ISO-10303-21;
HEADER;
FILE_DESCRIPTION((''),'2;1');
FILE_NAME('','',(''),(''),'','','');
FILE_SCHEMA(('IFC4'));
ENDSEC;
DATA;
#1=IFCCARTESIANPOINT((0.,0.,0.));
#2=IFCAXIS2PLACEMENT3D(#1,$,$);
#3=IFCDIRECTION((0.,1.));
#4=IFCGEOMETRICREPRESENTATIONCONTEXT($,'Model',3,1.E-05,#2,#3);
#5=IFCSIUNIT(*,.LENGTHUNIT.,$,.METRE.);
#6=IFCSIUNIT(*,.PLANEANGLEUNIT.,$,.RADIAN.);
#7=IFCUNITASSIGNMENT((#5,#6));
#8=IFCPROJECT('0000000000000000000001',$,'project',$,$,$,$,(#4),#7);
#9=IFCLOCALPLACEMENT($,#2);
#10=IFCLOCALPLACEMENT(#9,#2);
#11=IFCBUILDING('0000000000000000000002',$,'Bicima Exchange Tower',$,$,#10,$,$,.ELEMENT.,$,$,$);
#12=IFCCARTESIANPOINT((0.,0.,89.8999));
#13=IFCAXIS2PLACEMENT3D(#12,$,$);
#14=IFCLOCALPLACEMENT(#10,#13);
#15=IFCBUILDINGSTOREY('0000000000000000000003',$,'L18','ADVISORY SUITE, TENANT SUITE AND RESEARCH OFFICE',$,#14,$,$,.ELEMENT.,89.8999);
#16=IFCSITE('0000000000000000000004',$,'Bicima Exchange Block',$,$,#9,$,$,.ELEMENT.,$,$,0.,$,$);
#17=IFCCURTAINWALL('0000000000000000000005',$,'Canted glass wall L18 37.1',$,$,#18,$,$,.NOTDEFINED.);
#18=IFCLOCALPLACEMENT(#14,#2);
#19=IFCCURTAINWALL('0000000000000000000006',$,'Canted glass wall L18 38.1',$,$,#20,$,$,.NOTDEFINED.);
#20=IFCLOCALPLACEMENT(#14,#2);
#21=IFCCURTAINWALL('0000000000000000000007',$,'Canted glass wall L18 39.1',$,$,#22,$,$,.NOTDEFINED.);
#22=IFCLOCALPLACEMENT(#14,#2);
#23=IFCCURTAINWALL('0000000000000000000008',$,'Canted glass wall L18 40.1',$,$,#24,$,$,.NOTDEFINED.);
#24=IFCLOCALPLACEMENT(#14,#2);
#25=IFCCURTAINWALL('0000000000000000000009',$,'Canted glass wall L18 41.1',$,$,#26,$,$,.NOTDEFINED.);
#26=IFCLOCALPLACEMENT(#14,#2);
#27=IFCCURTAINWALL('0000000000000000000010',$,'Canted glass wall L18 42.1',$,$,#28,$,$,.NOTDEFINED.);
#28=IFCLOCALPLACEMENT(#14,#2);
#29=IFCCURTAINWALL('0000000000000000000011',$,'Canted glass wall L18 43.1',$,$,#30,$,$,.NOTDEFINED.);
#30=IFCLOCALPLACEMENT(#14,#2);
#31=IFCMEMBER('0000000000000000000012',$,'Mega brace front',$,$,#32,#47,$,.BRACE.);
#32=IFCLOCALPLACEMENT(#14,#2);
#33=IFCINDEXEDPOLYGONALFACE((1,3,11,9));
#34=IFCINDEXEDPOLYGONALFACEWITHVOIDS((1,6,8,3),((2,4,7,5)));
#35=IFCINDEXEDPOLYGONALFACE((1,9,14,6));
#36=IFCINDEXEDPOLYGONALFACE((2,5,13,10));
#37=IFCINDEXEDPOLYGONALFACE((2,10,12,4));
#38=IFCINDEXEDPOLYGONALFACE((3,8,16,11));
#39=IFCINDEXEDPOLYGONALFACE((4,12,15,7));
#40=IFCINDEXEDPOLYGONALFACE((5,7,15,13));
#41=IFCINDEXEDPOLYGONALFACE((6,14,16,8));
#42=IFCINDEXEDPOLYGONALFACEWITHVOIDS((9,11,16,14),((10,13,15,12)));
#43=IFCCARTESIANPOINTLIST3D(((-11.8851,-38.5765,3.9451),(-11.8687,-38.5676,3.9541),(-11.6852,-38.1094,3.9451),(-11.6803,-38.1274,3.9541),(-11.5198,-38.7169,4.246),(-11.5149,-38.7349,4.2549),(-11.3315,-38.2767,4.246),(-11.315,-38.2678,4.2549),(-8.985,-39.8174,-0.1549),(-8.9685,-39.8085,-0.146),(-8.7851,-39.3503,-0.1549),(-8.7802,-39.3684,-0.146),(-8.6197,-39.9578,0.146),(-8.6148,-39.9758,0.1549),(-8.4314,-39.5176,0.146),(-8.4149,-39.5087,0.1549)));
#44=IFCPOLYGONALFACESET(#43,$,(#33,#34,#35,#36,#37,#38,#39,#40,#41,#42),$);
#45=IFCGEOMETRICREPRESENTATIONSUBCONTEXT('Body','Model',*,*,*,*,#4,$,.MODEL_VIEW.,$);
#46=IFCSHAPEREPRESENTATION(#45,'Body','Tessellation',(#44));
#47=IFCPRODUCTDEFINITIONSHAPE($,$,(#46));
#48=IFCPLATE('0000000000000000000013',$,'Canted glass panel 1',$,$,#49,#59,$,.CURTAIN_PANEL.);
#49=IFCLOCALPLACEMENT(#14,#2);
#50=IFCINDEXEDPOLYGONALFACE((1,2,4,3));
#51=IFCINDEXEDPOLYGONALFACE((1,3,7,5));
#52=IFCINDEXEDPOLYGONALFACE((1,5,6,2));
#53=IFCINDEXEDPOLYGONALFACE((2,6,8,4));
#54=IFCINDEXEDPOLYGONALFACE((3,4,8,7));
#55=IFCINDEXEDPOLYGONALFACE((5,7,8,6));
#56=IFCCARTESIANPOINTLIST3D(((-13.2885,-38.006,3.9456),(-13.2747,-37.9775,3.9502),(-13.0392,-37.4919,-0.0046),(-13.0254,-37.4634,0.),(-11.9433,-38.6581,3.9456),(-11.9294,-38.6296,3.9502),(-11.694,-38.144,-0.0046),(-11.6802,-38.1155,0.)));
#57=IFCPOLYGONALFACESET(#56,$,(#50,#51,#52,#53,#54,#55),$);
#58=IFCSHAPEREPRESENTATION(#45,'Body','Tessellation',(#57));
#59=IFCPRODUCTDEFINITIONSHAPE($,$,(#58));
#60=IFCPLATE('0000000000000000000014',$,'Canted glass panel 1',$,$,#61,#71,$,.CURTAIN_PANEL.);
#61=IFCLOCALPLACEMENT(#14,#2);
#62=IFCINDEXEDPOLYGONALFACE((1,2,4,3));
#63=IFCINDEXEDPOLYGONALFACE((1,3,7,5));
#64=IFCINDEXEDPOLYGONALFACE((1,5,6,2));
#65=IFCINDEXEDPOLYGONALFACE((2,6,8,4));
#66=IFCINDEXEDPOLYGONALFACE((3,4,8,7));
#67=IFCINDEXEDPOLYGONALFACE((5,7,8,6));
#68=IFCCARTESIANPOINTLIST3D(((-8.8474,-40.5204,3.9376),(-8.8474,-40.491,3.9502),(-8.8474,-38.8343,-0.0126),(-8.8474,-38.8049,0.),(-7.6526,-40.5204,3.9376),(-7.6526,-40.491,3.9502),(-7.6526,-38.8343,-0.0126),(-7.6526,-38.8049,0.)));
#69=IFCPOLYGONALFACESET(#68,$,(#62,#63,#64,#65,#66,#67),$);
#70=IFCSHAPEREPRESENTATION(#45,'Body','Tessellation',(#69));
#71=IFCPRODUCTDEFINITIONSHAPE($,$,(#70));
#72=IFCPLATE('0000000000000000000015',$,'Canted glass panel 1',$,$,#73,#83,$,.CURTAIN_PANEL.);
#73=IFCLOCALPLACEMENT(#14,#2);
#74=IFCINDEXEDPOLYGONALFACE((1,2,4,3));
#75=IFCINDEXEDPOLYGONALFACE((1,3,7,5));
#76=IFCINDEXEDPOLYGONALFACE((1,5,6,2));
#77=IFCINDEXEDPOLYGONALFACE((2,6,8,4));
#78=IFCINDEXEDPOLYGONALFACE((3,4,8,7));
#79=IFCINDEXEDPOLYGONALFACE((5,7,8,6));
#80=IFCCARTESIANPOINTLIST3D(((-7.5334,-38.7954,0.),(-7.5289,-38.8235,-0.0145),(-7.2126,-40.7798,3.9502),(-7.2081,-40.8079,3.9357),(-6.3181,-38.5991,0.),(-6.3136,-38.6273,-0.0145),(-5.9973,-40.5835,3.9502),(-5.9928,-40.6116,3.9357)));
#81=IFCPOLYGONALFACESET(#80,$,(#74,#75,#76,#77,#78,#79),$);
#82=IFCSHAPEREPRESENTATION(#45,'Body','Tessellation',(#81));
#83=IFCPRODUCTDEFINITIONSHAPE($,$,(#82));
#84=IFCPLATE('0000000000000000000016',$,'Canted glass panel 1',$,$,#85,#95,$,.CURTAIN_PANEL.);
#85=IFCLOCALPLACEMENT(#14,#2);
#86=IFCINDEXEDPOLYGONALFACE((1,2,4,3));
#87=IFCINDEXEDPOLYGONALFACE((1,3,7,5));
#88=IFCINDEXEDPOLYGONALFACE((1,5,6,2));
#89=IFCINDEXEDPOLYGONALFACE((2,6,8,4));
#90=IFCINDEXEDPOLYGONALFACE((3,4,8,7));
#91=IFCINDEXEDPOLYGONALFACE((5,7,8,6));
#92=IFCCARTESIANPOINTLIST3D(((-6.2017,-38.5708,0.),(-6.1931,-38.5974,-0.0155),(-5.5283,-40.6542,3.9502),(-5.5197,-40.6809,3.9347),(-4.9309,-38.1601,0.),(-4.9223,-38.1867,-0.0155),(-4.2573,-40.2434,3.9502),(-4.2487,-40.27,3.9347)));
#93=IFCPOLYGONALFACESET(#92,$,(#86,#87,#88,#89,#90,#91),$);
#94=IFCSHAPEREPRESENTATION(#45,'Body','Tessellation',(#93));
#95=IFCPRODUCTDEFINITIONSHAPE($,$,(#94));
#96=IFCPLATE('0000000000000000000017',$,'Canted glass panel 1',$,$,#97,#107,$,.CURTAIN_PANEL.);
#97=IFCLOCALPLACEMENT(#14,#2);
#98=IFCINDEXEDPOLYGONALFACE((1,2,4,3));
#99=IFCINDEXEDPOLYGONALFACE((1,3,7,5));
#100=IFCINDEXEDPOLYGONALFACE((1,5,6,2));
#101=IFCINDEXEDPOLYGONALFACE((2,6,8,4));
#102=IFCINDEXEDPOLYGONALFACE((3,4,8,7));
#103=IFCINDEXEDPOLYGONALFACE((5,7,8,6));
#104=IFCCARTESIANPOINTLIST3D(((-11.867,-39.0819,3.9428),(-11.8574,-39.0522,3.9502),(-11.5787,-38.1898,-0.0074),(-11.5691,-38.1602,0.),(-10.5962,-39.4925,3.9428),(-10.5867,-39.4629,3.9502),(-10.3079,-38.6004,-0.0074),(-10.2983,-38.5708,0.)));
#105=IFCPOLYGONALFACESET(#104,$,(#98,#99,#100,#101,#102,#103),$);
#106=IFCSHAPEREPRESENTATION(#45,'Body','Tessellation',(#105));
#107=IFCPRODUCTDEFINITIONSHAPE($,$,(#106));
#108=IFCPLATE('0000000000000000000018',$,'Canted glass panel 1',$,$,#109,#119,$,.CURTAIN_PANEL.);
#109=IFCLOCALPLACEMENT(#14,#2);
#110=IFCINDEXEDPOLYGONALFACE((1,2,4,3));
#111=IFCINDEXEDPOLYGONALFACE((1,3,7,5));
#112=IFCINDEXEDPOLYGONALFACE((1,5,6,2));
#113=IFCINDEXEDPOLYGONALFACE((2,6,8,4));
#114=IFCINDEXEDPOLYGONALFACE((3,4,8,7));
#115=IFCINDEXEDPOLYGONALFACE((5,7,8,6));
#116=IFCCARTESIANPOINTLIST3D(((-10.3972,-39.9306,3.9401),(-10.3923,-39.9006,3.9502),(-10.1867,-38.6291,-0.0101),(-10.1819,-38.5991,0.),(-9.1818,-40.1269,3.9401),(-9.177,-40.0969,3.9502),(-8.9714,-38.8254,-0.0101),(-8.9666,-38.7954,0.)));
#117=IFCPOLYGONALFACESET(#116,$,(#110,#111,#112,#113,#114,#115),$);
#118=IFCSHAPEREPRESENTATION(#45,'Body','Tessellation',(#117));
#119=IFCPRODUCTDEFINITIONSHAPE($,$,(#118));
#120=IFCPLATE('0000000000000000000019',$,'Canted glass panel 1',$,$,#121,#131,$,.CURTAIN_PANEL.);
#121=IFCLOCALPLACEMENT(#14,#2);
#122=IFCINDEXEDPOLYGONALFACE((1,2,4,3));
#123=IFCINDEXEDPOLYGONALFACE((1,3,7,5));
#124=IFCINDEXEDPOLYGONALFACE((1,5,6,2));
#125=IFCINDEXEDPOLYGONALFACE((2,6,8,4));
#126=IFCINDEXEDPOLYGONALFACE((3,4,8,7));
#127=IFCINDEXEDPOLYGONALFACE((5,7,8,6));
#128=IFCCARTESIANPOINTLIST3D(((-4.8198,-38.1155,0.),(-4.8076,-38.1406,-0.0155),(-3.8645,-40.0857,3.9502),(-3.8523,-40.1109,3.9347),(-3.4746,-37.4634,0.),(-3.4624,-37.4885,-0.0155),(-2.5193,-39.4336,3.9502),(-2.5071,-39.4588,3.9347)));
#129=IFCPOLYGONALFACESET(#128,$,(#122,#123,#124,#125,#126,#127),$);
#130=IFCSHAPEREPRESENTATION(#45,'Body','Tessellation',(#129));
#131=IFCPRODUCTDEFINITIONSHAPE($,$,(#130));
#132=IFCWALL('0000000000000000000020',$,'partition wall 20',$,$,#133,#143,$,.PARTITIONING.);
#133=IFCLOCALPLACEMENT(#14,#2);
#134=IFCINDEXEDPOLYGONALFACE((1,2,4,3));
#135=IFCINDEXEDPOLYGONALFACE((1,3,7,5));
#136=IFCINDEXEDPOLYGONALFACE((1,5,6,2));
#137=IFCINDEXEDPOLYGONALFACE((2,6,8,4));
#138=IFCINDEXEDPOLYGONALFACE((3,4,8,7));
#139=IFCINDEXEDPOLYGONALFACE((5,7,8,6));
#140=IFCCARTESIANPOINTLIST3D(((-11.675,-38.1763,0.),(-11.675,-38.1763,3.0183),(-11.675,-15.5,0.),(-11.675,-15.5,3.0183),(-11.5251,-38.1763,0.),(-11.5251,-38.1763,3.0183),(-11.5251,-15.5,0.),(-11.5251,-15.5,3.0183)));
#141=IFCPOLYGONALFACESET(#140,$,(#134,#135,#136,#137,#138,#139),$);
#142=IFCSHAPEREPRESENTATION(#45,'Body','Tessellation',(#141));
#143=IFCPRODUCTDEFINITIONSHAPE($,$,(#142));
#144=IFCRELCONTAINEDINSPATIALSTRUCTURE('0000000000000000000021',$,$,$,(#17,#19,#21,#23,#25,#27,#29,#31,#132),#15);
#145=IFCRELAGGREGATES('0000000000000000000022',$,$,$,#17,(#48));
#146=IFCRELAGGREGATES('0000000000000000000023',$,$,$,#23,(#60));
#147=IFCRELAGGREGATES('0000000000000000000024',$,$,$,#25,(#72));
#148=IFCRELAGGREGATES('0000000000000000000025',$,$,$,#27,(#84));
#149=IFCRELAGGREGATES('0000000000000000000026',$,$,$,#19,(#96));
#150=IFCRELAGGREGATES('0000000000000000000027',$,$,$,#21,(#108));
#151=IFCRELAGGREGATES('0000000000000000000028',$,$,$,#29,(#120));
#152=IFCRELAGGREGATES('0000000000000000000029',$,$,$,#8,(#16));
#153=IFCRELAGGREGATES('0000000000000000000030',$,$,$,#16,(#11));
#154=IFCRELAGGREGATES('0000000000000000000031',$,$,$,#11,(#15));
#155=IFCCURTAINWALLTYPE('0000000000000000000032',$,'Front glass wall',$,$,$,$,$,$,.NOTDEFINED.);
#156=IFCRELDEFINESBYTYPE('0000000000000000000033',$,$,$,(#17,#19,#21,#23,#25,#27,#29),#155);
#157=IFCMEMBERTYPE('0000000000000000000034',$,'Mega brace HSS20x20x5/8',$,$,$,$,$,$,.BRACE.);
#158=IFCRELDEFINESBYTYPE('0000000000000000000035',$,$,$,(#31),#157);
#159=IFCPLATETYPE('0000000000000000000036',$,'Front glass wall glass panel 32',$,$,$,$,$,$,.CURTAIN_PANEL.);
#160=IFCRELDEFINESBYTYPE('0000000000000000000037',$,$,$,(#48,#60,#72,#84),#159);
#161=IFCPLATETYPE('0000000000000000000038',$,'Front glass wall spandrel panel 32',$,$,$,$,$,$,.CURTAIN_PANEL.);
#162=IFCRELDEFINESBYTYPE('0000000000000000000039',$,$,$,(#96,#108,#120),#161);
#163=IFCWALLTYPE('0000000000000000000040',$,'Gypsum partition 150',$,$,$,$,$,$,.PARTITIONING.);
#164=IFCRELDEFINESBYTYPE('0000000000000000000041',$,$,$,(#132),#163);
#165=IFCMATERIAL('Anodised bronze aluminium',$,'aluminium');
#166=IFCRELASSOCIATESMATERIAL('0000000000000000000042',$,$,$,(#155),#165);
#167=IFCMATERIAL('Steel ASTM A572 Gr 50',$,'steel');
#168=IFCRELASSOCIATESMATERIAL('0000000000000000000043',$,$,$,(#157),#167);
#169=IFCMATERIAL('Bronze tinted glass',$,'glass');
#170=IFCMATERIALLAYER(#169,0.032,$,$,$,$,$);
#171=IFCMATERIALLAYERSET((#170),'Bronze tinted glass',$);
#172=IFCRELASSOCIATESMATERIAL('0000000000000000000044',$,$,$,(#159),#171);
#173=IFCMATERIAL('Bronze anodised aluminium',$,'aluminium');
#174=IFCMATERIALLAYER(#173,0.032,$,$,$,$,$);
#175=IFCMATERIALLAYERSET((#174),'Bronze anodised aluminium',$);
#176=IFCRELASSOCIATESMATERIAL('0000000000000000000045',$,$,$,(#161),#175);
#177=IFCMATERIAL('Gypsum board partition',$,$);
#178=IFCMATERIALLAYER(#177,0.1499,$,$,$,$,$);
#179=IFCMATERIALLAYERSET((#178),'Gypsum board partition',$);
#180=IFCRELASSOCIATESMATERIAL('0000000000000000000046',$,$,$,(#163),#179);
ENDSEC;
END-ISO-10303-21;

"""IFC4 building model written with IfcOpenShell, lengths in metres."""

from ifc_helpers import new_model, si_unit, direction, frame, frame_2d, origin, origin_2d, place, context, subcontext, project, spatial, polyline, rectangle, hollow_rectangle, outline, extrude, material, layer, layer_set, material_profile, profile_set, type_object, element, aggregate, save


model = new_model("IFC4")

# Units and contexts
model_context = context("Model", 3, precision=1e-05, world=origin(), true_north=direction((0.0, 1.0)))
body_context = subcontext(model_context, "Body", "Model", "MODEL_VIEW")
ifc_project = project(units=[si_unit("LENGTHUNIT", "METRE"), si_unit("PLANEANGLEUNIT", "RADIAN")], contexts=[model_context])

# Site, building, storey
site_placement = place(None, origin())
site = spatial("IfcSite", under=ifc_project, at=site_placement, Name="Bicima Exchange Block", CompositionType="ELEMENT", RefElevation=0.0)
building_placement = place(site_placement, origin())
building = spatial("IfcBuilding", under=site, at=building_placement, Name="Bicima Exchange Tower", CompositionType="ELEMENT")
storey_placement = place(building_placement, frame((0.0, 0.0, 89.8999)))
storey = spatial("IfcBuildingStorey", under=building, at=storey_placement, Name="L18", Description="ADVISORY SUITE, TENANT SUITE AND RESEARCH OFFICE", CompositionType="ELEMENT", Elevation=89.8999)

# Curtain walls
ifc_material_1 = material(Name="Anodised bronze aluminium", Category="aluminium")
curtain_wall_type = type_object("IfcCurtainWallType", Name="Front glass wall", PredefinedType="NOTDEFINED", material=ifc_material_1)
curtain_wall_1_placement = place(storey_placement, origin())
curtain_wall_1 = element("IfcCurtainWall", 1, at=curtain_wall_1_placement, inside=storey, type_object=curtain_wall_type, Name="Canted glass wall L18 37.1", PredefinedType="NOTDEFINED")
curtain_wall_2_placement = place(storey_placement, origin())
curtain_wall_2 = element("IfcCurtainWall", 2, at=curtain_wall_2_placement, inside=storey, type_object=curtain_wall_type, Name="Canted glass wall L18 38.1", PredefinedType="NOTDEFINED")
curtain_wall_3_placement = place(storey_placement, origin())
curtain_wall_3 = element("IfcCurtainWall", 3, at=curtain_wall_3_placement, inside=storey, type_object=curtain_wall_type, Name="Canted glass wall L18 39.1", PredefinedType="NOTDEFINED")
curtain_wall_4_placement = place(storey_placement, origin())
curtain_wall_4 = element("IfcCurtainWall", 4, at=curtain_wall_4_placement, inside=storey, type_object=curtain_wall_type, Name="Canted glass wall L18 40.1", PredefinedType="NOTDEFINED")
curtain_wall_5_placement = place(storey_placement, origin())
curtain_wall_5 = element("IfcCurtainWall", 5, at=curtain_wall_5_placement, inside=storey, type_object=curtain_wall_type, Name="Canted glass wall L18 41.1", PredefinedType="NOTDEFINED")
curtain_wall_6_placement = place(storey_placement, origin())
curtain_wall_6 = element("IfcCurtainWall", 6, at=curtain_wall_6_placement, inside=storey, type_object=curtain_wall_type, Name="Canted glass wall L18 42.1", PredefinedType="NOTDEFINED")

# Curtain wall
curtain_wall_7_placement = place(storey_placement, origin())
curtain_wall_7 = element("IfcCurtainWall", 7, at=curtain_wall_7_placement, inside=storey, type_object=curtain_wall_type, Name="Canted glass wall L18 43.1", PredefinedType="NOTDEFINED")

# Member
ifc_material_2 = material(Name="Steel ASTM A572 Gr 50", Category="steel")
ifc_material_profile_1 = material_profile(ifc_material_2, hollow_rectangle(XDim=0.5081, YDim=0.5081, WallThickness=0.0146, at=origin_2d()))
ifc_profile_set_1 = profile_set([ifc_material_profile_1], Name="Steel ASTM A572 Gr 50")
member_type_1 = type_object("IfcMemberType", Name="Mega brace HSS20x20x5/8", PredefinedType="BRACE", material=ifc_profile_set_1)
member_1_placement = place(storey_placement, frame((-8.7, -39.6631, 0.0), z_axis=(-0.560613, 0.239885, 0.79257), x_axis=(-0.393396, -0.919369, 0.0)))
element("IfcMember", 8, at=member_1_placement, inside=storey, type_object=member_type_1, Name="Mega brace front", PredefinedType="BRACE", context=body_context, shape_type="SweptSolid", body=[
    extrude(hollow_rectangle(XDim=0.5081, YDim=0.5081, WallThickness=0.0146, at=origin_2d()), origin(), (0.0, 0.0, 1.0), 5.1731),
])

# Plates
ifc_material_3 = material(Name="Bronze tinted glass", Category="glass")
ifc_layer_1 = layer(ifc_material_3, 0.032)
ifc_layer_set_1 = layer_set([ifc_layer_1], Name="Bronze tinted glass")
plate_type_1 = type_object("IfcPlateType", Name="Front glass wall glass panel 32", PredefinedType="CURTAIN_PANEL", material=ifc_layer_set_1)
plate_1_placement = place(storey_placement, frame((-13.0254, -37.4634, 0.0), z_axis=(0.431712, 0.890578, 0.14316), x_axis=(0.899847, -0.436205, 0.0)))
plate_1 = element("IfcPlate", 9, at=plate_1_placement, type_object=plate_type_1, Name="Canted glass panel 1", PredefinedType="CURTAIN_PANEL", context=body_context, shape_type="SweptSolid", body=[
    extrude(outline(polyline([(0.0, 0.0), (1.4949, 0.0), (1.4949, -3.9913), (0.0, -3.9913), (0.0, 0.0)])), origin(), (0.0, 0.0, -1.0), 0.032),
])
aggregate(curtain_wall_1, [plate_1])
plate_2_placement = place(storey_placement, frame((-8.8474, -38.8049, 0.0), z_axis=(0.0, 0.919726, 0.392561), x_axis=(1.0, 0.0, 0.0)))
plate_2 = element("IfcPlate", 10, at=plate_2_placement, type_object=plate_type_1, Name="Canted glass panel 1", PredefinedType="CURTAIN_PANEL", context=body_context, shape_type="SweptSolid", body=[
    extrude(outline(polyline([(0.0, 0.0), (1.1948, 0.0), (1.1948, -4.295), (0.0, -4.295), (0.0, 0.0)])), origin(), (0.0, 0.0, -1.0), 0.032),
])
aggregate(curtain_wall_4, [plate_2])
plate_3_placement = place(storey_placement, frame((-7.5334, -38.7954, 0.0), z_axis=(-0.142104, 0.879841, 0.453527), x_axis=(0.987207, 0.159444, 0.0)))
plate_3 = element("IfcPlate", 11, at=plate_3_placement, type_object=plate_type_1, Name="Canted glass panel 1", PredefinedType="CURTAIN_PANEL", context=body_context, shape_type="SweptSolid", body=[
    extrude(outline(polyline([(0.0, 0.0), (1.2311, 0.0), (1.2314, -4.4322), (0.0003, -4.4322), (0.0, 0.0)])), origin(), (0.0, 0.0, -1.0), 0.032),
])
aggregate(curtain_wall_5, [plate_3])
plate_4_placement = place(storey_placement, frame((-6.2017, -38.5708, 0.0), z_axis=(-0.268993, 0.832238, 0.484791), x_axis=(0.951536, 0.307537, 0.000025)))
plate_4 = element("IfcPlate", 12, at=plate_4_placement, type_object=plate_type_1, Name="Canted glass panel 1", PredefinedType="CURTAIN_PANEL", context=body_context, shape_type="SweptSolid", body=[
    extrude(outline(polyline([(0.0, 0.0), (1.3355, 0.0), (1.3358, -4.5164), (0.0001, -4.5165), (0.0, 0.0)])), origin(), (0.0, 0.0, -1.0), 0.032),
])
aggregate(curtain_wall_6, [plate_4])
ifc_material_4 = material(Name="Bronze anodised aluminium", Category="aluminium")
ifc_layer_2 = layer(ifc_material_4, 0.032)
ifc_layer_set_2 = layer_set([ifc_layer_2], Name="Bronze anodised aluminium")
plate_type_2 = type_object("IfcPlateType", Name="Front glass wall spandrel panel 32", PredefinedType="CURTAIN_PANEL", material=ifc_layer_set_2)
plate_5_placement = place(storey_placement, frame((-11.5691, -38.1602, 0.0), z_axis=(0.299183, 0.925832, 0.230922), x_axis=(0.95155, -0.307494, 0.0)))
plate_5 = element("IfcPlate", 13, at=plate_5_placement, type_object=plate_type_2, Name="Canted glass panel 1", PredefinedType="CURTAIN_PANEL", context=body_context, shape_type="SweptSolid", body=[
    extrude(outline(polyline([(0.0, 0.0), (1.3355, 0.0), (1.3354, -4.0599), (0.0, -4.0599), (0.0, 0.0)])), origin(), (0.0, 0.0, -1.0), 0.032),
])
aggregate(curtain_wall_2, [plate_5])
plate_6_placement = place(storey_placement, frame((-10.1819, -38.5991, 0.0), z_axis=(0.151243, 0.936427, 0.316592), x_axis=(0.987207, -0.159444, 0.0)))
plate_6 = element("IfcPlate", 14, at=plate_6_placement, type_object=plate_type_2, Name="Canted glass panel 1", PredefinedType="CURTAIN_PANEL", context=body_context, shape_type="SweptSolid", body=[
    extrude(outline(polyline([(0.0, 0.0), (1.2311, 0.0), (1.2308, -4.1644), (-0.0002, -4.1644), (0.0, 0.0)])), origin(), (0.0, 0.0, -1.0), 0.032),
])
aggregate(curtain_wall_3, [plate_6])
plate_7_placement = place(storey_placement, frame((-4.8198, -38.1155, 0.0), z_axis=(-0.381515, 0.787026, 0.484806), x_axis=(0.899847, 0.436205, 0.0)))
plate_7 = element("IfcPlate", 15, at=plate_7_placement, type_object=plate_type_2, Name="Canted glass panel 1", PredefinedType="CURTAIN_PANEL", context=body_context, shape_type="SweptSolid", body=[
    extrude(outline(polyline([(0.0, 0.0), (1.4949, 0.0), (1.4952, -4.5165), (0.0002, -4.5165), (0.0, 0.0)])), origin(), (0.0, 0.0, -1.0), 0.032),
])
aggregate(curtain_wall_7, [plate_7])

# Wall
ifc_material_5 = material(Name="Gypsum board partition")
ifc_layer_3 = layer(ifc_material_5, 0.1499)
ifc_layer_set_3 = layer_set([ifc_layer_3], Name="Gypsum board partition")
wall_type = type_object("IfcWallType", Name="Gypsum partition 150", PredefinedType="PARTITIONING", material=ifc_layer_set_3)
wall_placement = place(storey_placement, frame((-11.6001, -38.1763, 0.0), z_axis=(0.0, 0.0, 1.0), x_axis=(0.0, 1.0, 0.0)))
element("IfcWall", 16, at=wall_placement, inside=storey, type_object=wall_type, Name="partition wall 20", PredefinedType="PARTITIONING", context=body_context, shape_type="SweptSolid", body=[
    extrude(rectangle(XDim=22.6763, YDim=0.1499, at=frame_2d((11.3381, 0.0))), origin(), (0.0, 0.0, 1.0), 3.0183),
])

save(model, "model.ifc")
